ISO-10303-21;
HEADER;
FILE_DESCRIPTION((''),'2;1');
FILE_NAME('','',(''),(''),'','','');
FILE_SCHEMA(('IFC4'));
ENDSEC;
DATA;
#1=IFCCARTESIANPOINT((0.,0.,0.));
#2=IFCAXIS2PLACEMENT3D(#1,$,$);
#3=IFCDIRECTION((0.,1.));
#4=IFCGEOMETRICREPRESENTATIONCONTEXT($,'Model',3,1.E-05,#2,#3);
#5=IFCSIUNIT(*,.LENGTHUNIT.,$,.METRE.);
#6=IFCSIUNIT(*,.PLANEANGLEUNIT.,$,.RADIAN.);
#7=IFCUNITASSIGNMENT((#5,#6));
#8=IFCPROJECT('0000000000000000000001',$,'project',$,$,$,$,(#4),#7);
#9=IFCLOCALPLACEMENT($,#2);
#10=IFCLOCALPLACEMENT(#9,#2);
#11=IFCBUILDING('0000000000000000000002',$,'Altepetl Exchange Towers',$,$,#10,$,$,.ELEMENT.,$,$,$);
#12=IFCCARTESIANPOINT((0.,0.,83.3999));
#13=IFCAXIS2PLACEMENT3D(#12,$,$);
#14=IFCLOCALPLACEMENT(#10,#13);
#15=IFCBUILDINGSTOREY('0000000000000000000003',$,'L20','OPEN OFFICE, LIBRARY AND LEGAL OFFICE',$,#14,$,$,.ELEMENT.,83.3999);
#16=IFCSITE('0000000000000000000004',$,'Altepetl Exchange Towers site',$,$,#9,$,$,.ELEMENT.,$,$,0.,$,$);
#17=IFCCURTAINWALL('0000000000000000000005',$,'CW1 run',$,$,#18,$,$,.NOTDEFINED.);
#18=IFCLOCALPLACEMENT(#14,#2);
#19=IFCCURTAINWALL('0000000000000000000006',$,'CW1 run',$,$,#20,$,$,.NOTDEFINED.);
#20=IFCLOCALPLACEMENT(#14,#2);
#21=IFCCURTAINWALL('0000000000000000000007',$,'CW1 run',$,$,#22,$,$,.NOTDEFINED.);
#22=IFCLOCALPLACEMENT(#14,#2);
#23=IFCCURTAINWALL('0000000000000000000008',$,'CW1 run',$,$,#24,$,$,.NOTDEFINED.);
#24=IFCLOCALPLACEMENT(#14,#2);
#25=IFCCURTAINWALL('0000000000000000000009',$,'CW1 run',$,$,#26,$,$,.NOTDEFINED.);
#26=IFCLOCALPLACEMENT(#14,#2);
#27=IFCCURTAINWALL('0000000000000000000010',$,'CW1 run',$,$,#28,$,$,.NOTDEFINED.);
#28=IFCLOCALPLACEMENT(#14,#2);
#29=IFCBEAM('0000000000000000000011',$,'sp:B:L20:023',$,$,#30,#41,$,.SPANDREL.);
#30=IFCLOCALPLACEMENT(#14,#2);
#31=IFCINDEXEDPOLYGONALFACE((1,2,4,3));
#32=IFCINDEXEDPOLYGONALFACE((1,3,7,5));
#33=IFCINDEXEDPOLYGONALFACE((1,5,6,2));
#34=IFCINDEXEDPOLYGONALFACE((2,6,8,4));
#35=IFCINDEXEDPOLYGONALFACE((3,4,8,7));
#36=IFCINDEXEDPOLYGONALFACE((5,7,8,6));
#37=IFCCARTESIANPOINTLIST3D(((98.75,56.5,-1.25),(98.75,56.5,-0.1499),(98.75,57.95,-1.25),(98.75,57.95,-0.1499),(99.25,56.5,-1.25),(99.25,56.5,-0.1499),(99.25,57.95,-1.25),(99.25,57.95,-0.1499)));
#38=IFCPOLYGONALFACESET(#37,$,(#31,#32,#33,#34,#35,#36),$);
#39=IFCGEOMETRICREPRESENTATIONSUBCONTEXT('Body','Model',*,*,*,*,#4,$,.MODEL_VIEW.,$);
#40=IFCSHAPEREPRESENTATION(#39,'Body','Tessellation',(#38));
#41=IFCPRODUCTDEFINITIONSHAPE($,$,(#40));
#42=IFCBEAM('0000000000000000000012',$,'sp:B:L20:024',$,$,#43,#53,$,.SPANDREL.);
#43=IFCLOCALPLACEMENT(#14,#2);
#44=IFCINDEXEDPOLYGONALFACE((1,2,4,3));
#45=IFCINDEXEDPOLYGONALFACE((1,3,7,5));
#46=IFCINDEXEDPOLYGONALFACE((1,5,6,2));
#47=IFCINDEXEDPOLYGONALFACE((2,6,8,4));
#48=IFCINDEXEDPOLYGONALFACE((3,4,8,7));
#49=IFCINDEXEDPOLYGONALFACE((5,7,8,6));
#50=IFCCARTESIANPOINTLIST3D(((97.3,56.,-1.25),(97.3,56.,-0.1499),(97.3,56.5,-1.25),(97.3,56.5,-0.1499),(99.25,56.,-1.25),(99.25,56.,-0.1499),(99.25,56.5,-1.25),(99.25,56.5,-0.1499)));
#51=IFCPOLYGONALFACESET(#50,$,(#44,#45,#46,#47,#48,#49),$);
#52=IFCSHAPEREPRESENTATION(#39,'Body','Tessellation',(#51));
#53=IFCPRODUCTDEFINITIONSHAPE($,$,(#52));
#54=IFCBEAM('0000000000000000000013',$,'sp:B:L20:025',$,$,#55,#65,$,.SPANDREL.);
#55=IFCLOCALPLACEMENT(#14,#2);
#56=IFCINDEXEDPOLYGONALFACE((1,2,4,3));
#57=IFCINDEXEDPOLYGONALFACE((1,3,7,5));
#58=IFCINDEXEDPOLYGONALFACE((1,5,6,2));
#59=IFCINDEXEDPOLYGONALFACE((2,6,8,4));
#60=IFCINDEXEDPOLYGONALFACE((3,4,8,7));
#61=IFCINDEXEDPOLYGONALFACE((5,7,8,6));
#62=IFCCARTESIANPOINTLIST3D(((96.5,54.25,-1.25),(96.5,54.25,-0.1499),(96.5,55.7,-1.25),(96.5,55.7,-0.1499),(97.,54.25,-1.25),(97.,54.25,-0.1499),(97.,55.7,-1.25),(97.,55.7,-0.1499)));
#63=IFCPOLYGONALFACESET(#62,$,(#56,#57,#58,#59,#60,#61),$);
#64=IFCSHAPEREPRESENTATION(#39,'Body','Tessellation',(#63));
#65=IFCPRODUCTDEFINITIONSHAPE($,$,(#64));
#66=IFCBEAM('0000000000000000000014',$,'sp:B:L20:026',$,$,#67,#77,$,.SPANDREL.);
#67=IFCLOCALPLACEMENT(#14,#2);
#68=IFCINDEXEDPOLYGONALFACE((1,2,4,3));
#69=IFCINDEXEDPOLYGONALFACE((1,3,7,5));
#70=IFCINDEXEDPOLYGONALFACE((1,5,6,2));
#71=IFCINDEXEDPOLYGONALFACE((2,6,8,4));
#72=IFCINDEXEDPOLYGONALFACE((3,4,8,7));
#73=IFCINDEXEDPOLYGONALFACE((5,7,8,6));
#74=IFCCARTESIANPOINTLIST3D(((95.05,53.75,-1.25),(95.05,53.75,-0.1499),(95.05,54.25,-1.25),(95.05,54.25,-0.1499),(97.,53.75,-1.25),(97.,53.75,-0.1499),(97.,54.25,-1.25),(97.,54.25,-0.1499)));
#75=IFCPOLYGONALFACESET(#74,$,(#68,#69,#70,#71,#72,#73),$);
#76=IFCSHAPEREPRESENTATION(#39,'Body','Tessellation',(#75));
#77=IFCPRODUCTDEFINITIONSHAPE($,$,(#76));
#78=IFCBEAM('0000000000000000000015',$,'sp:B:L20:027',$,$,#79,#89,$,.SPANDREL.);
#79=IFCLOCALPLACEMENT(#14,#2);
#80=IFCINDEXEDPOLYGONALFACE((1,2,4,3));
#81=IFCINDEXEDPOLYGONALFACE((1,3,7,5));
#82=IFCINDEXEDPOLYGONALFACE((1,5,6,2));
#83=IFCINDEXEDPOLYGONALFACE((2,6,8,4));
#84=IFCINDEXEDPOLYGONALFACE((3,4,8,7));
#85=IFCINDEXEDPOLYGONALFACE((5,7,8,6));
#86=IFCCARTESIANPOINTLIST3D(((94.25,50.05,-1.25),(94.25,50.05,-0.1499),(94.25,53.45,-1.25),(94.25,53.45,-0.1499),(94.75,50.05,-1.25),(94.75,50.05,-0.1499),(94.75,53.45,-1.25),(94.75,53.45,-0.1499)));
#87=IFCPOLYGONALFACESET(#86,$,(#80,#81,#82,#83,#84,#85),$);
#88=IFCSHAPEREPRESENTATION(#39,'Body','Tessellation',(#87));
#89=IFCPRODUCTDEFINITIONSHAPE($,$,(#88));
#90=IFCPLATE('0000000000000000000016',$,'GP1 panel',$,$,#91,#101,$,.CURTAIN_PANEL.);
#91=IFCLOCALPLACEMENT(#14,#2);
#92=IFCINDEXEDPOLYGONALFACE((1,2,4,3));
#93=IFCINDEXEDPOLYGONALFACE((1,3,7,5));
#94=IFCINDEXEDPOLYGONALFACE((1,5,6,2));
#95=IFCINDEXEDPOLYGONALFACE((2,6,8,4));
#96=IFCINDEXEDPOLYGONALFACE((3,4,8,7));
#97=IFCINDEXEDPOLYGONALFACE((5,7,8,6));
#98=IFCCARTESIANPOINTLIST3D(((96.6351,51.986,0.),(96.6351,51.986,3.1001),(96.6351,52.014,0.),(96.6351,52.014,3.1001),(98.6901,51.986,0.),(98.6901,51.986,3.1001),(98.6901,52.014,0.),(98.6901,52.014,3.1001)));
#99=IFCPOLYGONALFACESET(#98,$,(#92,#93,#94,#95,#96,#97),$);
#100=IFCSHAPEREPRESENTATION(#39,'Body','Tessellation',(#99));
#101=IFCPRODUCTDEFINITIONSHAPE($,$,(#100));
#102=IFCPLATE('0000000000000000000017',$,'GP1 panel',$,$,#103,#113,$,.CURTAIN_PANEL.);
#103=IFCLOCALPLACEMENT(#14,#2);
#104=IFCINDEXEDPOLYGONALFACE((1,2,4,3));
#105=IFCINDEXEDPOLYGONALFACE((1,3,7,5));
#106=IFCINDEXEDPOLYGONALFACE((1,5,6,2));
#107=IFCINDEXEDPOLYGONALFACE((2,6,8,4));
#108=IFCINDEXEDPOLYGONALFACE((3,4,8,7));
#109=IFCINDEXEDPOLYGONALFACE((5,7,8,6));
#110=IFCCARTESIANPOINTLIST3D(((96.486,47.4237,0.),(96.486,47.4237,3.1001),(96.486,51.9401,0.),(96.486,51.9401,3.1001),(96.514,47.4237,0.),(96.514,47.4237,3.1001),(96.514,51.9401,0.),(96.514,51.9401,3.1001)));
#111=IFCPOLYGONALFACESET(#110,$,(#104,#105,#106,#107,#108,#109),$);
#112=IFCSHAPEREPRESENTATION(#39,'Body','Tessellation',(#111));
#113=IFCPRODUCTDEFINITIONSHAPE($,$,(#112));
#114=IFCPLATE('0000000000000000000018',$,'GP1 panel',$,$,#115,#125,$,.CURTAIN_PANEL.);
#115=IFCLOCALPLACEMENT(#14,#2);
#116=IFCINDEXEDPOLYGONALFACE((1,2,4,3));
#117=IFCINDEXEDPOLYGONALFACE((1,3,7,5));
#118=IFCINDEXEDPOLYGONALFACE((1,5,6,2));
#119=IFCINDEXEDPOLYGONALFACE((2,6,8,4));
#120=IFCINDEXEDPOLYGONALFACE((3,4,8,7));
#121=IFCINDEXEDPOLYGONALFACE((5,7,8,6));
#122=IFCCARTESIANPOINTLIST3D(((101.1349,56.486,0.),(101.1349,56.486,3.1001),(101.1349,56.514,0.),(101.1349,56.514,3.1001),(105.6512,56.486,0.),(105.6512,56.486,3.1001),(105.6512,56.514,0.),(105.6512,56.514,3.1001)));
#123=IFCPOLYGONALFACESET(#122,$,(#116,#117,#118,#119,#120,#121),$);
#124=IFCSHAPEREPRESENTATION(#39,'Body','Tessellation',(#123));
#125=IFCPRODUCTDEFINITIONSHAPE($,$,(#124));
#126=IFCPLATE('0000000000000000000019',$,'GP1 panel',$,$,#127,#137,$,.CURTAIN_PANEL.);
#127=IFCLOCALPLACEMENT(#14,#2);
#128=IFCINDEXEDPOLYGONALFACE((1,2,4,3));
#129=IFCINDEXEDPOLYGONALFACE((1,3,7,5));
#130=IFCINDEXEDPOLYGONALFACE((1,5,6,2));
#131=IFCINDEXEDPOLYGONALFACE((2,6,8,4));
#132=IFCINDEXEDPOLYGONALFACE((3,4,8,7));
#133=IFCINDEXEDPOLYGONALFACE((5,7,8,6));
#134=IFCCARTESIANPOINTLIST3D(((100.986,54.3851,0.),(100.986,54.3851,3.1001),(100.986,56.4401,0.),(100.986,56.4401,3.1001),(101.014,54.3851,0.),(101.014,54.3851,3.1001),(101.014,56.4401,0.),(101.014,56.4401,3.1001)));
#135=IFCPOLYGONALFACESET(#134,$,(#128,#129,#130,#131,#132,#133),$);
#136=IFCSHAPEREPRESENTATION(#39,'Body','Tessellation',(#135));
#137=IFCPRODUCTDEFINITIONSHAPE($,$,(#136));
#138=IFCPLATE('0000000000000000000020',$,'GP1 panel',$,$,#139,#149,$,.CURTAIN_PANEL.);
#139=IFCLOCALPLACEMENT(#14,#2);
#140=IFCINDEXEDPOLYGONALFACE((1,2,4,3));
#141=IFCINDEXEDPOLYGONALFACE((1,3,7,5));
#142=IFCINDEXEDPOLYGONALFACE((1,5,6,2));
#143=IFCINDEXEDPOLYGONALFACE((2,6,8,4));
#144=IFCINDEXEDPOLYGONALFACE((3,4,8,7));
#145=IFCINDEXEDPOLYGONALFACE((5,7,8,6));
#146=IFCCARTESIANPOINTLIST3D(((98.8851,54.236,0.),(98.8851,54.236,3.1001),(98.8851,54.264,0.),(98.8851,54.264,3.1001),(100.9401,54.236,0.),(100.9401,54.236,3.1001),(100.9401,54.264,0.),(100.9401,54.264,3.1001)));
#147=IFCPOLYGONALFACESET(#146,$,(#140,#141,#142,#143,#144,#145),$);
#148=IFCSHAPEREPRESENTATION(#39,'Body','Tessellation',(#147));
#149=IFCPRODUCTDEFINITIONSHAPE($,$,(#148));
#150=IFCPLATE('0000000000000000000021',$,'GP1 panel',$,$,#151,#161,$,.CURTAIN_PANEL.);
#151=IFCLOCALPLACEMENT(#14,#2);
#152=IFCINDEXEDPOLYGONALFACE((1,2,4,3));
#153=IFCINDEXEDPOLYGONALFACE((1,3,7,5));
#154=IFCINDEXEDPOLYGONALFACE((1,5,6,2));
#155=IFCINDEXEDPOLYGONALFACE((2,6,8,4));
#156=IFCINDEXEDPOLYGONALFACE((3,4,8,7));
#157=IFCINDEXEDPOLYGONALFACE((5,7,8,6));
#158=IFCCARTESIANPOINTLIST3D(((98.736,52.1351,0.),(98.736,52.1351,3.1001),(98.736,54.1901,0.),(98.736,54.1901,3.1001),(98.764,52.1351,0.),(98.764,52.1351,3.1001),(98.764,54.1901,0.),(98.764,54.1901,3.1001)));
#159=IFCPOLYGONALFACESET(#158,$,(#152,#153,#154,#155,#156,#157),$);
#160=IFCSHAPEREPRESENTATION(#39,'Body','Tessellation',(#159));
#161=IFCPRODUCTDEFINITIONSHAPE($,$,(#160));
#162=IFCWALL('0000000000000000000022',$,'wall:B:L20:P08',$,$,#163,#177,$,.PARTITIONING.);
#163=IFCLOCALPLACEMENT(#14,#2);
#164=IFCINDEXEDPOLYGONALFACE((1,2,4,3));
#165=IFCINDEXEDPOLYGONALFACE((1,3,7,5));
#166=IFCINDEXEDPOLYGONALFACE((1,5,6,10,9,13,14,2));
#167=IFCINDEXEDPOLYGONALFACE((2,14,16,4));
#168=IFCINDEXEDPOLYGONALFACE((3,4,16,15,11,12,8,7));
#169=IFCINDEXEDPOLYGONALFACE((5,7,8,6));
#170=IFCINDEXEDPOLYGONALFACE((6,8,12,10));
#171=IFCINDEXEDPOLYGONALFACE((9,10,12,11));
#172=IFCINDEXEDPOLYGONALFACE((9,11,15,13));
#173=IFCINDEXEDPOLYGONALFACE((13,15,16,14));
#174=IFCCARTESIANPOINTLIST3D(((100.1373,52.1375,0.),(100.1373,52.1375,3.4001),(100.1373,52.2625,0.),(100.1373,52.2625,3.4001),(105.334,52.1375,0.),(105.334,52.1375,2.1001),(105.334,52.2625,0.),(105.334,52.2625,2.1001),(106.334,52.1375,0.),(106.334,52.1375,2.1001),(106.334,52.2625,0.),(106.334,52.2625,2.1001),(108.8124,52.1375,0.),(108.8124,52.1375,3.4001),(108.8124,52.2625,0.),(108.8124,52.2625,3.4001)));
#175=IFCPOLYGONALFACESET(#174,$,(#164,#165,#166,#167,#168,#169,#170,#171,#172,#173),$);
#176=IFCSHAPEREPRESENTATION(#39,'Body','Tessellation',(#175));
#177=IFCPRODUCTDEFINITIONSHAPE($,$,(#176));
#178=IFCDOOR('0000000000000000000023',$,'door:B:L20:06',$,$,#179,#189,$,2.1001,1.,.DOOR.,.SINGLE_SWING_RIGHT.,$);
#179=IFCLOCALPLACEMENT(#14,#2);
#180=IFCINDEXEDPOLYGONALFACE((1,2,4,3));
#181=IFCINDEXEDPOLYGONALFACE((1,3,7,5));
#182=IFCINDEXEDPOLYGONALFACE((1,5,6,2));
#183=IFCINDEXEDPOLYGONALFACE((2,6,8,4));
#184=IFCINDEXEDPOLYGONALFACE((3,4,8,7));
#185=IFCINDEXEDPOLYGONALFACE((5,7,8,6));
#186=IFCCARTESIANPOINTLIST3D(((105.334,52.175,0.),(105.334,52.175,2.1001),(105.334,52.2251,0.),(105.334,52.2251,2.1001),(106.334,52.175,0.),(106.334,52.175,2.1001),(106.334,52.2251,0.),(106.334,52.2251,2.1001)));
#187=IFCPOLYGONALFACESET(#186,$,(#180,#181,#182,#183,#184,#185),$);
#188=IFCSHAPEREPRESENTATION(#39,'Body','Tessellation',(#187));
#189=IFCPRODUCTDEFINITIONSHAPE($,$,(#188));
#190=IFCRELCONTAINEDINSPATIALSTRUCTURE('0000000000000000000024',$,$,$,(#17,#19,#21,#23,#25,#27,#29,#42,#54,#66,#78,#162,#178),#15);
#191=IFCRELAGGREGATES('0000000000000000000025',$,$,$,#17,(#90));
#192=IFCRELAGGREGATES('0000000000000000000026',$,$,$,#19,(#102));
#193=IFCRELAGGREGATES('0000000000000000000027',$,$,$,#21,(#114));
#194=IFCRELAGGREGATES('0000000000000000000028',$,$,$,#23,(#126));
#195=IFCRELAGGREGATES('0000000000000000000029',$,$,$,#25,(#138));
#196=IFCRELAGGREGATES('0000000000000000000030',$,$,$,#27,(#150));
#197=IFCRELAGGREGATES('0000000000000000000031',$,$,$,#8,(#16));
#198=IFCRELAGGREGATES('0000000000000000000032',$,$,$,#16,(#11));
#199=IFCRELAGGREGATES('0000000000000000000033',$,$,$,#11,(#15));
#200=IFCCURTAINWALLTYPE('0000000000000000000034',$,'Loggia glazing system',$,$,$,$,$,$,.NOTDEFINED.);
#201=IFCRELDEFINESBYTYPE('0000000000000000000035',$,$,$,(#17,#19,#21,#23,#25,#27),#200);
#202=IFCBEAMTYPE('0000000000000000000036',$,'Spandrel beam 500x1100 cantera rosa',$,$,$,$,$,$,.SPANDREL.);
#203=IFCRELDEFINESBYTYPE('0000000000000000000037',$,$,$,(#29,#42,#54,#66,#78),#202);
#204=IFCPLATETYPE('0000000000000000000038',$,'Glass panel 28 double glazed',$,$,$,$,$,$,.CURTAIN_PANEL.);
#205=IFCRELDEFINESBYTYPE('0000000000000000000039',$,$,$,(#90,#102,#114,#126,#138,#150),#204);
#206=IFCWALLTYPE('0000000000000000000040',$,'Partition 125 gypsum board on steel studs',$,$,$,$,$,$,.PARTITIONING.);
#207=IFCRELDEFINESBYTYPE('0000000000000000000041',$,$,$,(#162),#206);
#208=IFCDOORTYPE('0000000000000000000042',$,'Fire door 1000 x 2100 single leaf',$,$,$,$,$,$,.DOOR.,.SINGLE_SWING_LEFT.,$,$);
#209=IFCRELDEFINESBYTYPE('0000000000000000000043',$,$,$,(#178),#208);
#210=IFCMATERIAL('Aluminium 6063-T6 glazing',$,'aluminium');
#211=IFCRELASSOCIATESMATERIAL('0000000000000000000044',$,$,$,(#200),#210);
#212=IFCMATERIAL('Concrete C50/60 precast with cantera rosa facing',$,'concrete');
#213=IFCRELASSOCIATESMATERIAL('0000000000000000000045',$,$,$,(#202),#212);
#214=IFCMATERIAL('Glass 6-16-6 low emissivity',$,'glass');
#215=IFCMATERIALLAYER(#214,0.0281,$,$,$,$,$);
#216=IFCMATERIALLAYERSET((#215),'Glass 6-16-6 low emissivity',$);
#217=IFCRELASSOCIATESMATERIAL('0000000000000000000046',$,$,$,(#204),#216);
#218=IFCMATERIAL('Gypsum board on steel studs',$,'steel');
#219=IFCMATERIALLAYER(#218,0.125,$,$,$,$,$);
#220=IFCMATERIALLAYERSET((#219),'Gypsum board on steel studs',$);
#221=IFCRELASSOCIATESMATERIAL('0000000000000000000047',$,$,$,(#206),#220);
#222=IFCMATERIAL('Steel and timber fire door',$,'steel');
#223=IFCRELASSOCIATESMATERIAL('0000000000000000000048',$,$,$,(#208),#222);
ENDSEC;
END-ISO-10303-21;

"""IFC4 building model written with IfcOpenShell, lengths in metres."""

from ifc_helpers import new_model, si_unit, direction, frame, frame_2d, origin, origin_2d, place, context, subcontext, project, spatial, rectangle, extrude, material, layer, layer_set, material_profile, profile_set, type_object, element, fill, aggregate, save


model = new_model("IFC4")

# Units and contexts
model_context = context("Model", 3, precision=1e-05, world=origin(), true_north=direction((0.0, 1.0)))
body_context = subcontext(model_context, "Body", "Model", "MODEL_VIEW")
ifc_project = project(units=[si_unit("LENGTHUNIT", "METRE"), si_unit("PLANEANGLEUNIT", "RADIAN")], contexts=[model_context])

# Site, building, storey
site_placement = place(None, origin())
site = spatial("IfcSite", under=ifc_project, at=site_placement, Name="Altepetl Exchange Towers site", CompositionType="ELEMENT", RefElevation=0.0)
building_placement = place(site_placement, origin())
building = spatial("IfcBuilding", under=site, at=building_placement, Name="Altepetl Exchange Towers", CompositionType="ELEMENT")
storey_placement = place(building_placement, frame((0.0, 0.0, 83.3999)))
storey = spatial("IfcBuildingStorey", under=building, at=storey_placement, Name="L20", Description="OPEN OFFICE, LIBRARY AND LEGAL OFFICE", CompositionType="ELEMENT", Elevation=83.3999)

# Curtain walls
ifc_material_1 = material(Name="Aluminium 6063-T6 glazing", Category="aluminium")
curtain_wall_type = type_object("IfcCurtainWallType", Name="Loggia glazing system", PredefinedType="NOTDEFINED", material=ifc_material_1)
curtain_wall_1_placement = place(storey_placement, origin())
curtain_wall_1 = element("IfcCurtainWall", 1, at=curtain_wall_1_placement, inside=storey, type_object=curtain_wall_type, Name="CW1 run", PredefinedType="NOTDEFINED")
curtain_wall_2_placement = place(storey_placement, origin())
curtain_wall_2 = element("IfcCurtainWall", 2, at=curtain_wall_2_placement, inside=storey, type_object=curtain_wall_type, Name="CW1 run", PredefinedType="NOTDEFINED")

# Curtain wall
curtain_wall_3_placement = place(storey_placement, origin())
curtain_wall_3 = element("IfcCurtainWall", 3, at=curtain_wall_3_placement, inside=storey, type_object=curtain_wall_type, Name="CW1 run", PredefinedType="NOTDEFINED")

# Curtain walls
curtain_wall_4_placement = place(storey_placement, origin())
curtain_wall_4 = element("IfcCurtainWall", 4, at=curtain_wall_4_placement, inside=storey, type_object=curtain_wall_type, Name="CW1 run", PredefinedType="NOTDEFINED")
curtain_wall_5_placement = place(storey_placement, origin())
curtain_wall_5 = element("IfcCurtainWall", 5, at=curtain_wall_5_placement, inside=storey, type_object=curtain_wall_type, Name="CW1 run", PredefinedType="NOTDEFINED")
curtain_wall_6_placement = place(storey_placement, origin())
curtain_wall_6 = element("IfcCurtainWall", 6, at=curtain_wall_6_placement, inside=storey, type_object=curtain_wall_type, Name="CW1 run", PredefinedType="NOTDEFINED")

# Beams
ifc_material_2 = material(Name="Concrete C50/60 precast with cantera rosa facing", Category="concrete")
ifc_material_profile_1 = material_profile(ifc_material_2, rectangle(XDim=0.5, YDim=1.1001, at=origin_2d()), Name="500 x 1100")
ifc_profile_set_1 = profile_set([ifc_material_profile_1], Name="Concrete C50/60 precast with cantera rosa facing")
beam_type_1 = type_object("IfcBeamType", Name="Spandrel beam 500x1100 cantera rosa", PredefinedType="SPANDREL", material=ifc_profile_set_1)
beam_1_placement = place(storey_placement, frame((99.0, 57.95, -0.7), z_axis=(0.0, -1.0, 0.0), x_axis=(1.0, 0.0, 0.0)))
element("IfcBeam", 7, at=beam_1_placement, inside=storey, type_object=beam_type_1, Name="sp:B:L20:023", PredefinedType="SPANDREL", context=body_context, shape_type="SweptSolid", body=[
    extrude(rectangle(XDim=0.5, YDim=1.1001, at=origin_2d()), origin(), (0.0, 0.0, 1.0), 1.45),
])
beam_2_placement = place(storey_placement, frame((99.25, 56.25, -0.7), z_axis=(-1.0, 0.0, 0.0), x_axis=(0.0, -1.0, 0.0)))
element("IfcBeam", 8, at=beam_2_placement, inside=storey, type_object=beam_type_1, Name="sp:B:L20:024", PredefinedType="SPANDREL", context=body_context, shape_type="SweptSolid", body=[
    extrude(rectangle(XDim=0.5, YDim=1.1001, at=origin_2d()), origin(), (0.0, 0.0, 1.0), 1.95),
])
beam_3_placement = place(storey_placement, frame((96.75, 55.7, -0.7), z_axis=(0.0, -1.0, 0.0), x_axis=(1.0, 0.0, 0.0)))
element("IfcBeam", 9, at=beam_3_placement, inside=storey, type_object=beam_type_1, Name="sp:B:L20:025", PredefinedType="SPANDREL", context=body_context, shape_type="SweptSolid", body=[
    extrude(rectangle(XDim=0.5, YDim=1.1001, at=origin_2d()), origin(), (0.0, 0.0, 1.0), 1.45),
])
beam_4_placement = place(storey_placement, frame((97.0, 54.0, -0.7), z_axis=(-1.0, 0.0, 0.0), x_axis=(0.0, -1.0, 0.0)))
element("IfcBeam", 10, at=beam_4_placement, inside=storey, type_object=beam_type_1, Name="sp:B:L20:026", PredefinedType="SPANDREL", context=body_context, shape_type="SweptSolid", body=[
    extrude(rectangle(XDim=0.5, YDim=1.1001, at=origin_2d()), origin(), (0.0, 0.0, 1.0), 1.95),
])
beam_5_placement = place(storey_placement, frame((94.5, 53.45, -0.7), z_axis=(0.0, -1.0, 0.0), x_axis=(1.0, 0.0, 0.0)))
element("IfcBeam", 11, at=beam_5_placement, inside=storey, type_object=beam_type_1, Name="sp:B:L20:027", PredefinedType="SPANDREL", context=body_context, shape_type="SweptSolid", body=[
    extrude(rectangle(XDim=0.5, YDim=1.1001, at=origin_2d()), origin(), (0.0, 0.0, 1.0), 3.3999),
])

# Plates
ifc_material_3 = material(Name="Glass 6-16-6 low emissivity", Category="glass")
ifc_layer_1 = layer(ifc_material_3, 0.0281)
ifc_layer_set_1 = layer_set([ifc_layer_1], Name="Glass 6-16-6 low emissivity")
plate_type = type_object("IfcPlateType", Name="Glass panel 28 double glazed", PredefinedType="CURTAIN_PANEL", material=ifc_layer_set_1)
plate_1_placement = place(storey_placement, frame((97.6626, 52.0, 0.0), z_axis=(0.0, 0.0, 1.0), x_axis=(-1.0, 0.0, 0.0)))
plate_1 = element("IfcPlate", 12, at=plate_1_placement, type_object=plate_type, Name="GP1 panel", PredefinedType="CURTAIN_PANEL", context=body_context, shape_type="SweptSolid", body=[
    extrude(rectangle(XDim=2.0549, YDim=0.0281, at=origin_2d()), origin(), (0.0, 0.0, 1.0), 3.1001),
])
aggregate(curtain_wall_1, [plate_1])
plate_2_placement = place(storey_placement, frame((96.5, 49.6819, 0.0), z_axis=(0.0, 0.0, 1.0), x_axis=(0.0, -1.0, 0.0)))
plate_2 = element("IfcPlate", 13, at=plate_2_placement, type_object=plate_type, Name="GP1 panel", PredefinedType="CURTAIN_PANEL", context=body_context, shape_type="SweptSolid", body=[
    extrude(rectangle(XDim=4.5164, YDim=0.0281, at=origin_2d()), origin(), (0.0, 0.0, 1.0), 3.1001),
])
aggregate(curtain_wall_2, [plate_2])
plate_3_placement = place(storey_placement, frame((103.3931, 56.5, 0.0), z_axis=(0.0, 0.0, 1.0), x_axis=(-1.0, 0.0, 0.0)))
plate_3 = element("IfcPlate", 14, at=plate_3_placement, type_object=plate_type, Name="GP1 panel", PredefinedType="CURTAIN_PANEL", context=body_context, shape_type="SweptSolid", body=[
    extrude(rectangle(XDim=4.5164, YDim=0.0281, at=origin_2d()), origin(), (0.0, 0.0, 1.0), 3.1001),
])
aggregate(curtain_wall_3, [plate_3])
plate_4_placement = place(storey_placement, frame((101.0, 55.4126, 0.0), z_axis=(0.0, 0.0, 1.0), x_axis=(0.0, -1.0, 0.0)))
plate_4 = element("IfcPlate", 15, at=plate_4_placement, type_object=plate_type, Name="GP1 panel", PredefinedType="CURTAIN_PANEL", context=body_context, shape_type="SweptSolid", body=[
    extrude(rectangle(XDim=2.0549, YDim=0.0281, at=origin_2d()), origin(), (0.0, 0.0, 1.0), 3.1001),
])
aggregate(curtain_wall_4, [plate_4])
plate_5_placement = place(storey_placement, frame((99.9126, 54.25, 0.0), z_axis=(0.0, 0.0, 1.0), x_axis=(-1.0, 0.0, 0.0)))
plate_5 = element("IfcPlate", 16, at=plate_5_placement, type_object=plate_type, Name="GP1 panel", PredefinedType="CURTAIN_PANEL", context=body_context, shape_type="SweptSolid", body=[
    extrude(rectangle(XDim=2.0549, YDim=0.0281, at=origin_2d()), origin(), (0.0, 0.0, 1.0), 3.1001),
])
aggregate(curtain_wall_5, [plate_5])
plate_6_placement = place(storey_placement, frame((98.75, 53.1626, 0.0), z_axis=(0.0, 0.0, 1.0), x_axis=(0.0, -1.0, 0.0)))
plate_6 = element("IfcPlate", 17, at=plate_6_placement, type_object=plate_type, Name="GP1 panel", PredefinedType="CURTAIN_PANEL", context=body_context, shape_type="SweptSolid", body=[
    extrude(rectangle(XDim=2.0549, YDim=0.0281, at=origin_2d()), origin(), (0.0, 0.0, 1.0), 3.1001),
])
aggregate(curtain_wall_6, [plate_6])

# Wall, opening, door
ifc_material_4 = material(Name="Gypsum board on steel studs", Category="steel")
ifc_layer_2 = layer(ifc_material_4, 0.125)
ifc_layer_set_2 = layer_set([ifc_layer_2], Name="Gypsum board on steel studs")
wall_type = type_object("IfcWallType", Name="Partition 125 gypsum board on steel studs", PredefinedType="PARTITIONING", material=ifc_layer_set_2)
wall_placement = place(storey_placement, frame((100.1375, 52.2, 0.0)))
wall = element("IfcWall", 18, at=wall_placement, inside=storey, type_object=wall_type, Name="wall:B:L20:P08", PredefinedType="PARTITIONING", context=body_context, shape_type="SweptSolid", body=[
    extrude(rectangle(XDim=8.675, YDim=0.125, at=frame_2d((4.3374, 0.0))), origin(), (0.0, 0.0, 1.0), 3.4001),
])
opening_placement = place(wall_placement, frame((5.1965, 0.0, 0.0)))
opening = element("IfcOpeningElement", 19, at=opening_placement, cuts=wall, PredefinedType="OPENING", context=body_context, shape_type="SweptSolid", body=[
    extrude(rectangle(XDim=1.0, YDim=2.1001, at=frame_2d((0.5, 1.05))), frame((0.0, 0.0725, 0.0), z_axis=(0.0, -1.0, 0.0), x_axis=(1.0, 0.0, 0.0)), (0.0, 0.0, 1.0), 0.145),
])
ifc_material_5 = material(Name="Steel and timber fire door", Category="steel")
door_type = type_object("IfcDoorType", Name="Fire door 1000 x 2100 single leaf", OperationType="SINGLE_SWING_LEFT", PredefinedType="DOOR", material=ifc_material_5)
door_placement = place(opening_placement, frame((1.0, 0.0, 0.0), x_axis=(-1.0, 0.0, 0.0)))
door = element("IfcDoor", 20, at=door_placement, inside=storey, type_object=door_type, Name="door:B:L20:06", OperationType="SINGLE_SWING_RIGHT", OverallHeight=2.1001, OverallWidth=1.0, PredefinedType="DOOR", context=body_context, shape_type="SweptSolid", body=[
    extrude(rectangle(XDim=1.0, YDim=2.1001, at=frame_2d((0.5, 1.05))), frame((0.0, 0.0249, 0.0), z_axis=(0.0, -1.0, 0.0), x_axis=(1.0, 0.0, 0.0)), (0.0, 0.0, 1.0), 0.05),
])
fill(opening, door)

save(model, "model.ifc")
